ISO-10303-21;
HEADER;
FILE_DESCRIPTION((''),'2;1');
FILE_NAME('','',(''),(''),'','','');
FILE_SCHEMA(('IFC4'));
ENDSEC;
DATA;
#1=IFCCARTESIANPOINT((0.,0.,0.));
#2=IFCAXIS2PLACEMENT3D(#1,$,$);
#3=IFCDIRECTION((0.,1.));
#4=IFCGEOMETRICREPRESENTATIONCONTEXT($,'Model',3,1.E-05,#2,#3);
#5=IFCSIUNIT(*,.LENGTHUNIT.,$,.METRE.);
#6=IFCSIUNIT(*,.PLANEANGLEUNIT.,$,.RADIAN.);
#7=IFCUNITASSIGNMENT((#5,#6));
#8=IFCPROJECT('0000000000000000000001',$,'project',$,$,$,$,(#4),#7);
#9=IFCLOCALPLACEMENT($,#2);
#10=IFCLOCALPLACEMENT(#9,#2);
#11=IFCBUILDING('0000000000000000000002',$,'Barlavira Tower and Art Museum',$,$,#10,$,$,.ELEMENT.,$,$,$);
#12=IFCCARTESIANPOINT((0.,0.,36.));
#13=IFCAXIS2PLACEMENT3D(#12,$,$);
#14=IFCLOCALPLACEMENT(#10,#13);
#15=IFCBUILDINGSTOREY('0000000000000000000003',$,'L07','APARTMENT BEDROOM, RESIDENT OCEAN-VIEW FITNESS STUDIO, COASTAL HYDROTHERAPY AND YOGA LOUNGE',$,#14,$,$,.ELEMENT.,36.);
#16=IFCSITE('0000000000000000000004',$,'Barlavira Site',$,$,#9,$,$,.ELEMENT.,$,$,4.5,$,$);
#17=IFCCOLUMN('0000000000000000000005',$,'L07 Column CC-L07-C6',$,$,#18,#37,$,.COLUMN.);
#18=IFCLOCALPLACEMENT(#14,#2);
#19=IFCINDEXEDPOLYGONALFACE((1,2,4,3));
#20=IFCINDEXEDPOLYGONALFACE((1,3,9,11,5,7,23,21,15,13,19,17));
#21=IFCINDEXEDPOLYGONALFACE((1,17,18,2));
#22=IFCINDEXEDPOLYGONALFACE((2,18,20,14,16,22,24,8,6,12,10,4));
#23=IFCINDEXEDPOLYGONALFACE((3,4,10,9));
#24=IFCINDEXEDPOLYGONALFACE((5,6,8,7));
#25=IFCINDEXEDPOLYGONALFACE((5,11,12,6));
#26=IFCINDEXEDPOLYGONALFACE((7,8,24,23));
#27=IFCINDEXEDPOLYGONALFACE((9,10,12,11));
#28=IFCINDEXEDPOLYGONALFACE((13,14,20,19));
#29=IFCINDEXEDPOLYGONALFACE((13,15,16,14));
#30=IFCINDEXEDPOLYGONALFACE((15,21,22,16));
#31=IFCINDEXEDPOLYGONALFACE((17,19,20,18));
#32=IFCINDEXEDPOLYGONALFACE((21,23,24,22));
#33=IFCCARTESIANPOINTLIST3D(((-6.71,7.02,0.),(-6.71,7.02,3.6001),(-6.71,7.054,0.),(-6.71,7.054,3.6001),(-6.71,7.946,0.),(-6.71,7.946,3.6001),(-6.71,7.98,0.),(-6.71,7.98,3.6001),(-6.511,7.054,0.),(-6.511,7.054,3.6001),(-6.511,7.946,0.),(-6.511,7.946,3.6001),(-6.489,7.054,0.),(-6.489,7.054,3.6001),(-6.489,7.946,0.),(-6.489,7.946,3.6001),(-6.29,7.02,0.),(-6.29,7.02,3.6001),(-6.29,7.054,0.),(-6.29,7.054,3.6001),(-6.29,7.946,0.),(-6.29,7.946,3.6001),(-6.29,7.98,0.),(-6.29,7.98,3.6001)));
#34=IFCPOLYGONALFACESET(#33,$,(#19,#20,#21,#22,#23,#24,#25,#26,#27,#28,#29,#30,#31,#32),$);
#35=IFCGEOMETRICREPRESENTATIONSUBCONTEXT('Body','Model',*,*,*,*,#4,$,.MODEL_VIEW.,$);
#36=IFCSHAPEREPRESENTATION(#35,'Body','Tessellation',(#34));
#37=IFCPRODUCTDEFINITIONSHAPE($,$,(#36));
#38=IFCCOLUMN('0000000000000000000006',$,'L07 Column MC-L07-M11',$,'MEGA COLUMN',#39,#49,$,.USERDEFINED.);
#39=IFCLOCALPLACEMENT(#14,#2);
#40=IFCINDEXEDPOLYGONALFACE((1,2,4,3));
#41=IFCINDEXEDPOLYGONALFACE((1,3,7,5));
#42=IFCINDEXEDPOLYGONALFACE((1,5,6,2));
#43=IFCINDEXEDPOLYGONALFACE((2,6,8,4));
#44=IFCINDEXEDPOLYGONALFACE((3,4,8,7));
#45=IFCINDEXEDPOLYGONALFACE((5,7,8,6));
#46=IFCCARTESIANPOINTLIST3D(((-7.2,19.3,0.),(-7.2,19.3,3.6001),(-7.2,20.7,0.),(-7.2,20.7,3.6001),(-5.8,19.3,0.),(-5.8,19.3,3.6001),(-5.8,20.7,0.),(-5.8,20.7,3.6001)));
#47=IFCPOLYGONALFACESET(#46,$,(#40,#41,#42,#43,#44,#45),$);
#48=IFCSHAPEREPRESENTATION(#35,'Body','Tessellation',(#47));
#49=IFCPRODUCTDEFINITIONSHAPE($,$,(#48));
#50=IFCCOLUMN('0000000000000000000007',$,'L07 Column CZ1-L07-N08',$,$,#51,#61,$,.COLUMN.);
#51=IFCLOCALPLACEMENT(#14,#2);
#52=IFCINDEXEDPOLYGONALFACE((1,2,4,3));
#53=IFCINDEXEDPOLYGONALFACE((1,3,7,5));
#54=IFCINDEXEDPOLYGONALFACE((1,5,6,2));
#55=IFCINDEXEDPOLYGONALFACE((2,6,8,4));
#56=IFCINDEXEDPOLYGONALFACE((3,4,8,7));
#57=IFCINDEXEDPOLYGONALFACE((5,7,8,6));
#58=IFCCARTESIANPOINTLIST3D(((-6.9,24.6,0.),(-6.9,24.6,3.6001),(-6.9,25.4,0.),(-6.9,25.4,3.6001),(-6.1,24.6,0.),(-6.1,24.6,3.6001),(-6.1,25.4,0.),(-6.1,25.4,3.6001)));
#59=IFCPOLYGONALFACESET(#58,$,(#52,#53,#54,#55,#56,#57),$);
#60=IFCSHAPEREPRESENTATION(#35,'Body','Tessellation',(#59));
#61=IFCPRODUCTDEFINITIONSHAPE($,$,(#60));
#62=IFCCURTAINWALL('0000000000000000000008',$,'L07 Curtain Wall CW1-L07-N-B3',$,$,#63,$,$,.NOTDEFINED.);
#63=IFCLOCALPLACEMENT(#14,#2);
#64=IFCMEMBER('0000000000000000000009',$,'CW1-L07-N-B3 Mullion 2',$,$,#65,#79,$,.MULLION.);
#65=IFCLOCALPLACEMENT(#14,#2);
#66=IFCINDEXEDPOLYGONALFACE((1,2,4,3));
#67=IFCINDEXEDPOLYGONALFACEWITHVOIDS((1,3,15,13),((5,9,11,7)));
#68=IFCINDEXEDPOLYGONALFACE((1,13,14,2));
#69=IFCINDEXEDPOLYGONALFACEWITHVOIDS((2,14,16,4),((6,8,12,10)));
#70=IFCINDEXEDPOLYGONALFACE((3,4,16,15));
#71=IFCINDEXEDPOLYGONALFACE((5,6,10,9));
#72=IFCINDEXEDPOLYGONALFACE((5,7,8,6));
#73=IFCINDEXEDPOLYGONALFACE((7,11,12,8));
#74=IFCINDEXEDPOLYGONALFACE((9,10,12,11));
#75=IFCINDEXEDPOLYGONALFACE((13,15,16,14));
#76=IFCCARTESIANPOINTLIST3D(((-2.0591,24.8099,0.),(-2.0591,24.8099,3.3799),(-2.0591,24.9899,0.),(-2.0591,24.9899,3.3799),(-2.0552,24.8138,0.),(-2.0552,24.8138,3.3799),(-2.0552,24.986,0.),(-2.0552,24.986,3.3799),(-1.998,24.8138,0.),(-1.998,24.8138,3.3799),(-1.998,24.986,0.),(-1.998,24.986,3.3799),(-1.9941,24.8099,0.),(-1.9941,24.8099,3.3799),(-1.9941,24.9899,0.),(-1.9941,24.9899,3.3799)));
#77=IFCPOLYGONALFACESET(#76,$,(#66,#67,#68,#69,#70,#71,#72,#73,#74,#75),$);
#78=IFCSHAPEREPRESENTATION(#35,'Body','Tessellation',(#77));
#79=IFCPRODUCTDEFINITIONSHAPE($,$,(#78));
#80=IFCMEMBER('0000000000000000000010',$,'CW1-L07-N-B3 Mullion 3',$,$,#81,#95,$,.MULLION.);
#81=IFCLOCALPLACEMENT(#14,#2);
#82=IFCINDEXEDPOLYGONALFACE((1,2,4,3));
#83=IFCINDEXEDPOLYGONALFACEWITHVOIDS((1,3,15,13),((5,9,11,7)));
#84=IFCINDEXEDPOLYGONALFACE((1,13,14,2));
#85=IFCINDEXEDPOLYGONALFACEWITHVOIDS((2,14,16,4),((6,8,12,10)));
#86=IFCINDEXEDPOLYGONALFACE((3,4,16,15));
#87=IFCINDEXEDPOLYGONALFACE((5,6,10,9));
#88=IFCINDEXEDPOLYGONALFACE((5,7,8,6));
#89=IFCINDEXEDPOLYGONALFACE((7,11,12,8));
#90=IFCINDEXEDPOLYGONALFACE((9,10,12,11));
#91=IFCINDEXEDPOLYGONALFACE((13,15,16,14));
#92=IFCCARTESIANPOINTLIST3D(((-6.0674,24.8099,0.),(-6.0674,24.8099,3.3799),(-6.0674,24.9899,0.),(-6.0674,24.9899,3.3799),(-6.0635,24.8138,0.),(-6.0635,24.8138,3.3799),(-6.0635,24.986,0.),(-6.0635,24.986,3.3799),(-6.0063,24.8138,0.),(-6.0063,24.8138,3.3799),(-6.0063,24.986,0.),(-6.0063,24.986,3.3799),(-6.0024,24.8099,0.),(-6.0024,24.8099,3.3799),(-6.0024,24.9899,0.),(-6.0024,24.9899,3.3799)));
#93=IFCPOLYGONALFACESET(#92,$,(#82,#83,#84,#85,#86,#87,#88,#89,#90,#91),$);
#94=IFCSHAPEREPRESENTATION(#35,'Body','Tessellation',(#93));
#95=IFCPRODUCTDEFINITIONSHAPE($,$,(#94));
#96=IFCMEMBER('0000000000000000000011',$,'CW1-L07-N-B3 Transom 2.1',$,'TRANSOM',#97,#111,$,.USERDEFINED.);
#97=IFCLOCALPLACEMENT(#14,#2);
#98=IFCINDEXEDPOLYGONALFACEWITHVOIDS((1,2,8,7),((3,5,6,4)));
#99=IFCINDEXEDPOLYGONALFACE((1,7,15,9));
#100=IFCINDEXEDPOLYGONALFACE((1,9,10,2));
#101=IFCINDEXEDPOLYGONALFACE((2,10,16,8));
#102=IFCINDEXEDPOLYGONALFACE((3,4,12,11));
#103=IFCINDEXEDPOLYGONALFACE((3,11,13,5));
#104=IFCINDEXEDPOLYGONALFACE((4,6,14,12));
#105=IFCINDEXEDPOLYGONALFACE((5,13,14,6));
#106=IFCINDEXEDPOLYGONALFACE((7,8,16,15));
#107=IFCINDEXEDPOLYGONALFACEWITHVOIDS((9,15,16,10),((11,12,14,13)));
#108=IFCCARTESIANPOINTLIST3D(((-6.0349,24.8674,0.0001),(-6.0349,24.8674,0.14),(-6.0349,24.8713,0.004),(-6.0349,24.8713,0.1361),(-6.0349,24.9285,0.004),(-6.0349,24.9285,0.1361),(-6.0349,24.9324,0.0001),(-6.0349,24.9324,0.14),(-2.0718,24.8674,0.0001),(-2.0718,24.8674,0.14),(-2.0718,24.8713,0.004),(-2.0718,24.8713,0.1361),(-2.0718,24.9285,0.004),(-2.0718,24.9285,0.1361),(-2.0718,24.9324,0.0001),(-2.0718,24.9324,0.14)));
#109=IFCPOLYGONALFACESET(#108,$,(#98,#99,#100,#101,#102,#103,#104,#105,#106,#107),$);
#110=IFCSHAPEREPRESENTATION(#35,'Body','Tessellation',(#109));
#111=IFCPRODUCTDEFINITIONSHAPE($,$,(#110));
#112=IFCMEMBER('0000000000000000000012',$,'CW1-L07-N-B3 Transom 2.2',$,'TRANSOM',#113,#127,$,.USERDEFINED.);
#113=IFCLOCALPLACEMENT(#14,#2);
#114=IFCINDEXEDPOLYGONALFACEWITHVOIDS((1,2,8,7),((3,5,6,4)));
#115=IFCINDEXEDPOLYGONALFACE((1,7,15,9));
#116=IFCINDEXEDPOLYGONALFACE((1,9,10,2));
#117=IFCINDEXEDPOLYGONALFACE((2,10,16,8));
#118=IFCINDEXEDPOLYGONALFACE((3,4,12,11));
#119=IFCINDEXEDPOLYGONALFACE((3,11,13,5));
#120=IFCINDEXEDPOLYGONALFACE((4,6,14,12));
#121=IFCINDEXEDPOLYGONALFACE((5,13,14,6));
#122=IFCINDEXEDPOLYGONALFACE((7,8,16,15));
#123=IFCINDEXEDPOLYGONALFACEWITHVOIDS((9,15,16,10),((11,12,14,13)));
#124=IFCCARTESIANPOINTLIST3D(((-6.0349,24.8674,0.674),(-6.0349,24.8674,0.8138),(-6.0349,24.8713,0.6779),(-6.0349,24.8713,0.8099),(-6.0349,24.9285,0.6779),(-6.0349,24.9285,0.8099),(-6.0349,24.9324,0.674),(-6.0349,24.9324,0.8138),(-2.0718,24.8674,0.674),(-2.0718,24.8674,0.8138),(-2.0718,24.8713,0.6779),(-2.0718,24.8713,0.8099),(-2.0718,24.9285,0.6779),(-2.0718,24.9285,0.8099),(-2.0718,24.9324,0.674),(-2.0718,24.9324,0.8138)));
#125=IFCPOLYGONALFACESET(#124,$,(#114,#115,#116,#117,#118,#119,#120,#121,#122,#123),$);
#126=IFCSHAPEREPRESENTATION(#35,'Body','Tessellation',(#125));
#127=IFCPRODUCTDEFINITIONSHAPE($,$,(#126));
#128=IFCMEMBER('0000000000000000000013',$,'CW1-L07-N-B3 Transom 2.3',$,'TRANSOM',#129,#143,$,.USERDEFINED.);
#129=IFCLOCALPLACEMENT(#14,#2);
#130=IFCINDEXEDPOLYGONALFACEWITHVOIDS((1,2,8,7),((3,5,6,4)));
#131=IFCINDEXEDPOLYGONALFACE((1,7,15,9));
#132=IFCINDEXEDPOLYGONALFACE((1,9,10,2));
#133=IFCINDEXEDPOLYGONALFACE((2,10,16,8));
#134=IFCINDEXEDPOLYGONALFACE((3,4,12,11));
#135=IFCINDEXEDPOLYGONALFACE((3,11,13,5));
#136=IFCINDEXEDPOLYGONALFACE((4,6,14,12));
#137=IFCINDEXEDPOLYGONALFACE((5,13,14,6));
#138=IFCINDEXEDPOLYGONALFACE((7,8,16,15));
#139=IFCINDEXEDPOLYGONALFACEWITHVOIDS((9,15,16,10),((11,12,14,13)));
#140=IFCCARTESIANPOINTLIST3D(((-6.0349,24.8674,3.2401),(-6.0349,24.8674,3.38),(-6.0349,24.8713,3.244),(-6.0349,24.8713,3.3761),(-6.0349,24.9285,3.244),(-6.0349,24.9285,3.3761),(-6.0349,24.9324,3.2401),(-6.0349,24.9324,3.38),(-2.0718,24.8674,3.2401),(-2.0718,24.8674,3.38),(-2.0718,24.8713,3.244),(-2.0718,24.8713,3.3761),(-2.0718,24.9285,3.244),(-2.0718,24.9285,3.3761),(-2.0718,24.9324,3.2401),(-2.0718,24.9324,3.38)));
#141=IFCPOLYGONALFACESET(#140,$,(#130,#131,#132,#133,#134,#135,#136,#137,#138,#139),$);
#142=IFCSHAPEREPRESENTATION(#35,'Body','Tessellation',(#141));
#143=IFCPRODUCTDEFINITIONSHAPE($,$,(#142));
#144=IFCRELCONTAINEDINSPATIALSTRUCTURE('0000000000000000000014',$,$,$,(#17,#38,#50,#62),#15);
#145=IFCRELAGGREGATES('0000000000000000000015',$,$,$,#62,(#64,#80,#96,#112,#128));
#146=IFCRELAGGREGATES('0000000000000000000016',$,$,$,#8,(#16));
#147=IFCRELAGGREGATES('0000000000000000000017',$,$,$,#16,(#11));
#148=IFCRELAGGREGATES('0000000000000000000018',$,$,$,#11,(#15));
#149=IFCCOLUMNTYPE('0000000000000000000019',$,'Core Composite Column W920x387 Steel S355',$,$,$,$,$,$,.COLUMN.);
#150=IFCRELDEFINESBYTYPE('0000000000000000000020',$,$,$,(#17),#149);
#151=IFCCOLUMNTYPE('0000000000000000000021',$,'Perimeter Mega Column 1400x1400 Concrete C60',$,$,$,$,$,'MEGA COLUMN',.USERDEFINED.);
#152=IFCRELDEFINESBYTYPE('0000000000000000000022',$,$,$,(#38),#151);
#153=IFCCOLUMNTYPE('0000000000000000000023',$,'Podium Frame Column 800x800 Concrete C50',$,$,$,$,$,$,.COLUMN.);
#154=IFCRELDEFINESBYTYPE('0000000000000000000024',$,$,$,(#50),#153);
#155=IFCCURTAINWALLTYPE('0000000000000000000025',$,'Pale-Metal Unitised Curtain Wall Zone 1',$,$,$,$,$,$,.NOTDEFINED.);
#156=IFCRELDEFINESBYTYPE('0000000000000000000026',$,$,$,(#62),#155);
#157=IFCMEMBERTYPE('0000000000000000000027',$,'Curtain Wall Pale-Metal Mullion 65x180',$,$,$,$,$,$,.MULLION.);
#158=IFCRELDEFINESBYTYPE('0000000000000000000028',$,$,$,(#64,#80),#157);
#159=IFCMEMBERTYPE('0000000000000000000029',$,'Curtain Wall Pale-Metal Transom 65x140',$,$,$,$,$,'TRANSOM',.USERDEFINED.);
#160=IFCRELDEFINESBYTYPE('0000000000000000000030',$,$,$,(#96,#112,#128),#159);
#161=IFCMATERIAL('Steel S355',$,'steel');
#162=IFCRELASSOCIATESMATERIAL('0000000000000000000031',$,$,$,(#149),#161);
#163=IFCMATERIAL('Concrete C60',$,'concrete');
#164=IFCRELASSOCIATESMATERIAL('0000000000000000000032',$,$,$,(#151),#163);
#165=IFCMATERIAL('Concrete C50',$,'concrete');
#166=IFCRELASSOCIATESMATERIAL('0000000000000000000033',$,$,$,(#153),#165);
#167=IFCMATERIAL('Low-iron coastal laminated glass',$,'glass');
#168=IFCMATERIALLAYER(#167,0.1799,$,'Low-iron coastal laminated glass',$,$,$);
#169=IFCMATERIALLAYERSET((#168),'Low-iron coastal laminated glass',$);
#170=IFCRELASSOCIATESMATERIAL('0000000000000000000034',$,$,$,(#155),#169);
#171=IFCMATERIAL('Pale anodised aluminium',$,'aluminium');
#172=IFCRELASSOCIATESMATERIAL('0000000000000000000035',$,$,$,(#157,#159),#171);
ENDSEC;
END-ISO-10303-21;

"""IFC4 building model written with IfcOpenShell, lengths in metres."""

from ifc_helpers import new_model, si_unit, direction, frame, origin, origin_2d, place, context, subcontext, project, spatial, rectangle, hollow_rectangle, i_section, extrude, material, layer, layer_set, material_profile, profile_set, type_object, element, aggregate, save


model = new_model("IFC4")

# Units and contexts
model_context = context("Model", 3, precision=1e-05, world=origin(), true_north=direction((0.0, 1.0)))
body_context = subcontext(model_context, "Body", "Model", "MODEL_VIEW")
ifc_project = project(units=[si_unit("LENGTHUNIT", "METRE"), si_unit("PLANEANGLEUNIT", "RADIAN")], contexts=[model_context])

# Site, building, storey
site_placement = place(None, origin())
site = spatial("IfcSite", under=ifc_project, at=site_placement, Name="Barlavira Site", CompositionType="ELEMENT", RefElevation=4.5)
building_placement = place(site_placement, origin())
building = spatial("IfcBuilding", under=site, at=building_placement, Name="Barlavira Tower and Art Museum", CompositionType="ELEMENT")
storey_placement = place(building_placement, frame((0.0, 0.0, 36.0)))
storey = spatial("IfcBuildingStorey", under=building, at=storey_placement, Name="L07", Description="APARTMENT BEDROOM, RESIDENT OCEAN-VIEW FITNESS STUDIO, COASTAL HYDROTHERAPY AND YOGA LOUNGE", CompositionType="ELEMENT", Elevation=36.0)

# Columns
ifc_material_1 = material(Name="Steel S355", Category="steel")
ifc_material_profile_1 = material_profile(ifc_material_1, i_section(OverallWidth=0.4199, OverallDepth=0.96, WebThickness=0.022, FlangeThickness=0.0339, at=origin_2d()), Name="W920x387.0")
ifc_profile_set_1 = profile_set([ifc_material_profile_1], Name="Steel S355")
column_type_1 = type_object("IfcColumnType", Name="Core Composite Column W920x387 Steel S355", PredefinedType="COLUMN", material=ifc_profile_set_1)
column_1_placement = place(storey_placement, frame((-6.5, 7.5, 0.0), z_axis=(0.0, 0.0, 1.0), x_axis=(1.0, 0.0, 0.0)))
element("IfcColumn", 1, at=column_1_placement, inside=storey, type_object=column_type_1, Name="L07 Column CC-L07-C6", PredefinedType="COLUMN", context=body_context, shape_type="SweptSolid", body=[
    extrude(i_section(OverallWidth=0.4199, OverallDepth=0.96, WebThickness=0.022, FlangeThickness=0.0339, at=origin_2d()), origin(), (0.0, 0.0, 1.0), 3.6001),
])
ifc_material_2 = material(Name="Concrete C60", Category="concrete")
ifc_material_profile_2 = material_profile(ifc_material_2, rectangle(XDim=1.3999, YDim=1.3999, at=origin_2d()), Name="RC-MCOL 1400x1400")
ifc_profile_set_2 = profile_set([ifc_material_profile_2], Name="Concrete C60")
column_type_2 = type_object("IfcColumnType", Name="Perimeter Mega Column 1400x1400 Concrete C60", ElementType="MEGA COLUMN", PredefinedType="USERDEFINED", material=ifc_profile_set_2)
column_2_placement = place(storey_placement, frame((-6.5, 20.0, 0.0), z_axis=(0.0, 0.0, 1.0), x_axis=(1.0, 0.0, 0.0)))
element("IfcColumn", 2, at=column_2_placement, inside=storey, type_object=column_type_2, Name="L07 Column MC-L07-M11", ObjectType="MEGA COLUMN", PredefinedType="USERDEFINED", context=body_context, shape_type="SweptSolid", body=[
    extrude(rectangle(XDim=1.3999, YDim=1.3999, at=origin_2d()), origin(), (0.0, 0.0, 1.0), 3.6001),
])
ifc_material_3 = material(Name="Concrete C50", Category="concrete")
ifc_material_profile_3 = material_profile(ifc_material_3, rectangle(XDim=0.8, YDim=0.8, at=origin_2d()), Name="RC-COL 800x800")
ifc_profile_set_3 = profile_set([ifc_material_profile_3], Name="Concrete C50")
column_type_3 = type_object("IfcColumnType", Name="Podium Frame Column 800x800 Concrete C50", PredefinedType="COLUMN", material=ifc_profile_set_3)
column_3_placement = place(storey_placement, frame((-6.5, 25.0, 0.0), z_axis=(0.0, 0.0, 1.0), x_axis=(1.0, 0.0, 0.0)))
element("IfcColumn", 3, at=column_3_placement, inside=storey, type_object=column_type_3, Name="L07 Column CZ1-L07-N08", PredefinedType="COLUMN", context=body_context, shape_type="SweptSolid", body=[
    extrude(rectangle(XDim=0.8, YDim=0.8, at=origin_2d()), origin(), (0.0, 0.0, 1.0), 3.6001),
])

# Curtain wall, members
ifc_material_4 = material(Name="Low-iron coastal laminated glass", Category="glass")
ifc_layer_1 = layer(ifc_material_4, 0.1799, Name="Low-iron coastal laminated glass")
ifc_layer_set_1 = layer_set([ifc_layer_1], Name="Low-iron coastal laminated glass")
curtain_wall_type = type_object("IfcCurtainWallType", Name="Pale-Metal Unitised Curtain Wall Zone 1", PredefinedType="NOTDEFINED", material=ifc_layer_set_1)
curtain_wall_placement = place(storey_placement, origin())
curtain_wall = element("IfcCurtainWall", 4, at=curtain_wall_placement, inside=storey, type_object=curtain_wall_type, Name="L07 Curtain Wall CW1-L07-N-B3", PredefinedType="NOTDEFINED")
ifc_material_5 = material(Name="Pale anodised aluminium", Category="aluminium")
ifc_material_profile_4 = material_profile(ifc_material_5, hollow_rectangle(XDim=0.0649, YDim=0.1799, WallThickness=0.0039, at=origin_2d()), Name="ALU-MULL 65x180x4")
ifc_profile_set_4 = profile_set([ifc_material_profile_4], Name="Pale anodised aluminium")
member_type_1 = type_object("IfcMemberType", Name="Curtain Wall Pale-Metal Mullion 65x180", PredefinedType="MULLION", material=ifc_profile_set_4)
member_1_placement = place(storey_placement, frame((-2.0266, 24.8999, 0.0), z_axis=(0.0, 0.0, 1.0), x_axis=(-1.0, 0.0, 0.0)))
member_1 = element("IfcMember", 5, at=member_1_placement, type_object=member_type_1, Name="CW1-L07-N-B3 Mullion 2", PredefinedType="MULLION", context=body_context, shape_type="SweptSolid", body=[
    extrude(hollow_rectangle(XDim=0.0649, YDim=0.1799, WallThickness=0.0039, at=origin_2d()), origin(), (0.0, 0.0, 1.0), 3.3799),
])
member_2_placement = place(storey_placement, frame((-6.0349, 24.8999, 0.0), z_axis=(0.0, 0.0, 1.0), x_axis=(-1.0, 0.0, 0.0)))
member_2 = element("IfcMember", 6, at=member_2_placement, type_object=member_type_1, Name="CW1-L07-N-B3 Mullion 3", PredefinedType="MULLION", context=body_context, shape_type="SweptSolid", body=[
    extrude(hollow_rectangle(XDim=0.0649, YDim=0.1799, WallThickness=0.0039, at=origin_2d()), origin(), (0.0, 0.0, 1.0), 3.3799),
])
ifc_material_profile_5 = material_profile(ifc_material_5, hollow_rectangle(XDim=0.0649, YDim=0.1399, WallThickness=0.0039, at=origin_2d()), Name="ALU-TRAN 65x140x4")
ifc_profile_set_5 = profile_set([ifc_material_profile_5], Name="Pale anodised aluminium")
member_type_2 = type_object("IfcMemberType", Name="Curtain Wall Pale-Metal Transom 65x140", ElementType="TRANSOM", PredefinedType="USERDEFINED", material=ifc_profile_set_5)
member_3_placement = place(storey_placement, frame((-2.0718, 24.8999, 0.0701), z_axis=(-1.0, 0.0, 0.0), x_axis=(0.0, -1.0, 0.0)))
member_3 = element("IfcMember", 7, at=member_3_placement, type_object=member_type_2, Name="CW1-L07-N-B3 Transom 2.1", ObjectType="TRANSOM", PredefinedType="USERDEFINED", context=body_context, shape_type="SweptSolid", body=[
    extrude(hollow_rectangle(XDim=0.0649, YDim=0.1399, WallThickness=0.0039, at=origin_2d()), origin(), (0.0, 0.0, 1.0), 3.9631),
])
member_4_placement = place(storey_placement, frame((-2.0718, 24.8999, 0.7439), z_axis=(-1.0, 0.0, 0.0), x_axis=(0.0, -1.0, 0.0)))
member_4 = element("IfcMember", 8, at=member_4_placement, type_object=member_type_2, Name="CW1-L07-N-B3 Transom 2.2", ObjectType="TRANSOM", PredefinedType="USERDEFINED", context=body_context, shape_type="SweptSolid", body=[
    extrude(hollow_rectangle(XDim=0.0649, YDim=0.1399, WallThickness=0.0039, at=origin_2d()), origin(), (0.0, 0.0, 1.0), 3.9631),
])
member_5_placement = place(storey_placement, frame((-2.0718, 24.8999, 3.3101), z_axis=(-1.0, 0.0, 0.0), x_axis=(0.0, -1.0, 0.0)))
member_5 = element("IfcMember", 9, at=member_5_placement, type_object=member_type_2, Name="CW1-L07-N-B3 Transom 2.3", ObjectType="TRANSOM", PredefinedType="USERDEFINED", context=body_context, shape_type="SweptSolid", body=[
    extrude(hollow_rectangle(XDim=0.0649, YDim=0.1399, WallThickness=0.0039, at=origin_2d()), origin(), (0.0, 0.0, 1.0), 3.9631),
])

aggregate(curtain_wall, [member_1, member_2, member_3, member_4, member_5])

save(model, "model.ifc")
